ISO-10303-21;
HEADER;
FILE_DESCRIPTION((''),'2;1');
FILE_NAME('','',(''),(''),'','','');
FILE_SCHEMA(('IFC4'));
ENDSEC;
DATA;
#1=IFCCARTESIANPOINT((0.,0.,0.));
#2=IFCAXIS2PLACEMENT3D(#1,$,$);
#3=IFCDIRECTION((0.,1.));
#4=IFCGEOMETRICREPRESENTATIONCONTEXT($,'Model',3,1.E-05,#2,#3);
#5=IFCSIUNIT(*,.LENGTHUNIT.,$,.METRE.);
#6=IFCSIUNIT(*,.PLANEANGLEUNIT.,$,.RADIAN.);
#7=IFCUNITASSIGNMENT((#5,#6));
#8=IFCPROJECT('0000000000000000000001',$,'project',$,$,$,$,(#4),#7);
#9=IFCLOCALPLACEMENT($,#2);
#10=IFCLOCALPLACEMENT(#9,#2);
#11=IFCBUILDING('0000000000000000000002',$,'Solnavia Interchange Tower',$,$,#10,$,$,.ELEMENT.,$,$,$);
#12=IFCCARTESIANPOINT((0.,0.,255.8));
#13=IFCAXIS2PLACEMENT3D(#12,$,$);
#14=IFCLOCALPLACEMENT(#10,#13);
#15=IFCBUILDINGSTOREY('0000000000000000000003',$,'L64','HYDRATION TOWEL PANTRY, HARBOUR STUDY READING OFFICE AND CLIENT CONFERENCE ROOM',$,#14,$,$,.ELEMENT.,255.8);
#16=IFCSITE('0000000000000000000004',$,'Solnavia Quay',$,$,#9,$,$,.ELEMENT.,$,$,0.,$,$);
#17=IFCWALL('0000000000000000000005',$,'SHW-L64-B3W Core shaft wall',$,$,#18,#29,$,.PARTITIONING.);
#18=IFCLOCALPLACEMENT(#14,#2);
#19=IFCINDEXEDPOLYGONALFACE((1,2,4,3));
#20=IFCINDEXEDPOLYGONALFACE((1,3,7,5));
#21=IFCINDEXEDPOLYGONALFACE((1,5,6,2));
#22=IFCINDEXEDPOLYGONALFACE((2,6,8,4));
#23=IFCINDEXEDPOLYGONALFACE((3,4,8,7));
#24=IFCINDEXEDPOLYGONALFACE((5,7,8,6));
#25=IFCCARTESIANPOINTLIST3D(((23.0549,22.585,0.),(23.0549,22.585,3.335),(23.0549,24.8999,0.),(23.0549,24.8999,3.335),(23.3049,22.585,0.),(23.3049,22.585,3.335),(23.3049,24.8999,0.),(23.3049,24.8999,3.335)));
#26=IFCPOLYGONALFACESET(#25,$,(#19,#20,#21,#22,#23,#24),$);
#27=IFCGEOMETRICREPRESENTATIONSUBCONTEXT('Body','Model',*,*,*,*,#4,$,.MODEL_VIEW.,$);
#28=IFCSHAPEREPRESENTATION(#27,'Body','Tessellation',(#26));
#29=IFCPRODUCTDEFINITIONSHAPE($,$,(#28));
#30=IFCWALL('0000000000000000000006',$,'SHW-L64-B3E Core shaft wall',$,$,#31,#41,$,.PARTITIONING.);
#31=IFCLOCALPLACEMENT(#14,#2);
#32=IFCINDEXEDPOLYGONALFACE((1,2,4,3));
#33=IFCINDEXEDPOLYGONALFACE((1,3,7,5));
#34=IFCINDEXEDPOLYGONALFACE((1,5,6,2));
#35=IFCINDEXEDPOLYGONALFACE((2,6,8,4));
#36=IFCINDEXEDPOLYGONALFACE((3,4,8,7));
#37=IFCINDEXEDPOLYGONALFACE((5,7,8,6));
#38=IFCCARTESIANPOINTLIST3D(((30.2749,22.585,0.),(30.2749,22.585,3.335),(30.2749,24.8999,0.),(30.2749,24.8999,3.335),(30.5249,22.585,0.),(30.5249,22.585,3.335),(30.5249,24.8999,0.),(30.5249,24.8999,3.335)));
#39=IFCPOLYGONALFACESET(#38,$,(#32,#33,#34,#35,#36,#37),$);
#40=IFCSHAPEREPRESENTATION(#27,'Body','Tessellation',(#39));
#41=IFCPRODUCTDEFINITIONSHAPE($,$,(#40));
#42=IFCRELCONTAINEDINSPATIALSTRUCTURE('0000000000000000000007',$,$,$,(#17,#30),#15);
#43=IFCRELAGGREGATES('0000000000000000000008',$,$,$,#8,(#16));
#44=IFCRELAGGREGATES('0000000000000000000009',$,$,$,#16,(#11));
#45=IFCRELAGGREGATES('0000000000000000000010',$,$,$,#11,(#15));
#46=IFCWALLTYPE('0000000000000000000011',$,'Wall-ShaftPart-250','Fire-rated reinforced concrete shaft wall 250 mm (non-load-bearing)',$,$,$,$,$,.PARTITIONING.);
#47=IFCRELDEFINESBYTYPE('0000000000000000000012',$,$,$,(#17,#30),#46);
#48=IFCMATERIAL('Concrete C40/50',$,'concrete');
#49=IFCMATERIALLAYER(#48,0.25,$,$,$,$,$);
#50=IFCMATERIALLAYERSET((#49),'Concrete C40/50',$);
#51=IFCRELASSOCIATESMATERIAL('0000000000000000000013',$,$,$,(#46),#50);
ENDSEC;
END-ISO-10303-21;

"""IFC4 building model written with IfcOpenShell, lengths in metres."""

from ifc_helpers import new_model, si_unit, direction, frame, frame_2d, origin, place, context, subcontext, project, spatial, rectangle, extrude, material, layer, layer_set, type_object, element, save


model = new_model("IFC4")

# Units and contexts
model_context = context("Model", 3, precision=1e-05, world=origin(), true_north=direction((0.0, 1.0)))
body_context = subcontext(model_context, "Body", "Model", "MODEL_VIEW")
ifc_project = project(units=[si_unit("LENGTHUNIT", "METRE"), si_unit("PLANEANGLEUNIT", "RADIAN")], contexts=[model_context])

# Site, building, storey
site_placement = place(None, origin())
site = spatial("IfcSite", under=ifc_project, at=site_placement, Name="Solnavia Quay", CompositionType="ELEMENT", RefElevation=0.0)
building_placement = place(site_placement, origin())
building = spatial("IfcBuilding", under=site, at=building_placement, Name="Solnavia Interchange Tower", CompositionType="ELEMENT")
storey_placement = place(building_placement, frame((0.0, 0.0, 255.8)))
storey = spatial("IfcBuildingStorey", under=building, at=storey_placement, Name="L64", Description="HYDRATION TOWEL PANTRY, HARBOUR STUDY READING OFFICE AND CLIENT CONFERENCE ROOM", CompositionType="ELEMENT", Elevation=255.8)

# Shared definitions
ifc_material_1 = material(Name="Concrete C40/50", Category="concrete")

# Walls
ifc_layer_1 = layer(ifc_material_1, 0.25)
ifc_layer_set_1 = layer_set([ifc_layer_1], Name="Concrete C40/50")
wall_type_1 = type_object("IfcWallType", Name="Wall-ShaftPart-250", Description="Fire-rated reinforced concrete shaft wall 250 mm (non-load-bearing)", PredefinedType="PARTITIONING", material=ifc_layer_set_1)
for number, where, z_axis, x_axis, name in (
    (1, (23.1799, 22.585, 0.0), (0.0, 0.0, 1.0), (0.0, 1.0, 0.0), "SHW-L64-B3W Core shaft wall"),
    (2, (30.3999, 22.585, 0.0), (0.0, 0.0, 1.0), (0.0, 1.0, 0.0), "SHW-L64-B3E Core shaft wall"),
):
    element("IfcWall", number, at=place(storey_placement, frame(where, z_axis=z_axis, x_axis=x_axis)), inside=storey, type_object=wall_type_1, Name=name, PredefinedType="PARTITIONING", context=body_context, shape_type="SweptSolid", body=[
        extrude(rectangle(XDim=2.3149, YDim=0.25, at=frame_2d((1.1575, 0.0))), origin(), (0.0, 0.0, 1.0), 3.335),
    ])

save(model, "model.ifc")
